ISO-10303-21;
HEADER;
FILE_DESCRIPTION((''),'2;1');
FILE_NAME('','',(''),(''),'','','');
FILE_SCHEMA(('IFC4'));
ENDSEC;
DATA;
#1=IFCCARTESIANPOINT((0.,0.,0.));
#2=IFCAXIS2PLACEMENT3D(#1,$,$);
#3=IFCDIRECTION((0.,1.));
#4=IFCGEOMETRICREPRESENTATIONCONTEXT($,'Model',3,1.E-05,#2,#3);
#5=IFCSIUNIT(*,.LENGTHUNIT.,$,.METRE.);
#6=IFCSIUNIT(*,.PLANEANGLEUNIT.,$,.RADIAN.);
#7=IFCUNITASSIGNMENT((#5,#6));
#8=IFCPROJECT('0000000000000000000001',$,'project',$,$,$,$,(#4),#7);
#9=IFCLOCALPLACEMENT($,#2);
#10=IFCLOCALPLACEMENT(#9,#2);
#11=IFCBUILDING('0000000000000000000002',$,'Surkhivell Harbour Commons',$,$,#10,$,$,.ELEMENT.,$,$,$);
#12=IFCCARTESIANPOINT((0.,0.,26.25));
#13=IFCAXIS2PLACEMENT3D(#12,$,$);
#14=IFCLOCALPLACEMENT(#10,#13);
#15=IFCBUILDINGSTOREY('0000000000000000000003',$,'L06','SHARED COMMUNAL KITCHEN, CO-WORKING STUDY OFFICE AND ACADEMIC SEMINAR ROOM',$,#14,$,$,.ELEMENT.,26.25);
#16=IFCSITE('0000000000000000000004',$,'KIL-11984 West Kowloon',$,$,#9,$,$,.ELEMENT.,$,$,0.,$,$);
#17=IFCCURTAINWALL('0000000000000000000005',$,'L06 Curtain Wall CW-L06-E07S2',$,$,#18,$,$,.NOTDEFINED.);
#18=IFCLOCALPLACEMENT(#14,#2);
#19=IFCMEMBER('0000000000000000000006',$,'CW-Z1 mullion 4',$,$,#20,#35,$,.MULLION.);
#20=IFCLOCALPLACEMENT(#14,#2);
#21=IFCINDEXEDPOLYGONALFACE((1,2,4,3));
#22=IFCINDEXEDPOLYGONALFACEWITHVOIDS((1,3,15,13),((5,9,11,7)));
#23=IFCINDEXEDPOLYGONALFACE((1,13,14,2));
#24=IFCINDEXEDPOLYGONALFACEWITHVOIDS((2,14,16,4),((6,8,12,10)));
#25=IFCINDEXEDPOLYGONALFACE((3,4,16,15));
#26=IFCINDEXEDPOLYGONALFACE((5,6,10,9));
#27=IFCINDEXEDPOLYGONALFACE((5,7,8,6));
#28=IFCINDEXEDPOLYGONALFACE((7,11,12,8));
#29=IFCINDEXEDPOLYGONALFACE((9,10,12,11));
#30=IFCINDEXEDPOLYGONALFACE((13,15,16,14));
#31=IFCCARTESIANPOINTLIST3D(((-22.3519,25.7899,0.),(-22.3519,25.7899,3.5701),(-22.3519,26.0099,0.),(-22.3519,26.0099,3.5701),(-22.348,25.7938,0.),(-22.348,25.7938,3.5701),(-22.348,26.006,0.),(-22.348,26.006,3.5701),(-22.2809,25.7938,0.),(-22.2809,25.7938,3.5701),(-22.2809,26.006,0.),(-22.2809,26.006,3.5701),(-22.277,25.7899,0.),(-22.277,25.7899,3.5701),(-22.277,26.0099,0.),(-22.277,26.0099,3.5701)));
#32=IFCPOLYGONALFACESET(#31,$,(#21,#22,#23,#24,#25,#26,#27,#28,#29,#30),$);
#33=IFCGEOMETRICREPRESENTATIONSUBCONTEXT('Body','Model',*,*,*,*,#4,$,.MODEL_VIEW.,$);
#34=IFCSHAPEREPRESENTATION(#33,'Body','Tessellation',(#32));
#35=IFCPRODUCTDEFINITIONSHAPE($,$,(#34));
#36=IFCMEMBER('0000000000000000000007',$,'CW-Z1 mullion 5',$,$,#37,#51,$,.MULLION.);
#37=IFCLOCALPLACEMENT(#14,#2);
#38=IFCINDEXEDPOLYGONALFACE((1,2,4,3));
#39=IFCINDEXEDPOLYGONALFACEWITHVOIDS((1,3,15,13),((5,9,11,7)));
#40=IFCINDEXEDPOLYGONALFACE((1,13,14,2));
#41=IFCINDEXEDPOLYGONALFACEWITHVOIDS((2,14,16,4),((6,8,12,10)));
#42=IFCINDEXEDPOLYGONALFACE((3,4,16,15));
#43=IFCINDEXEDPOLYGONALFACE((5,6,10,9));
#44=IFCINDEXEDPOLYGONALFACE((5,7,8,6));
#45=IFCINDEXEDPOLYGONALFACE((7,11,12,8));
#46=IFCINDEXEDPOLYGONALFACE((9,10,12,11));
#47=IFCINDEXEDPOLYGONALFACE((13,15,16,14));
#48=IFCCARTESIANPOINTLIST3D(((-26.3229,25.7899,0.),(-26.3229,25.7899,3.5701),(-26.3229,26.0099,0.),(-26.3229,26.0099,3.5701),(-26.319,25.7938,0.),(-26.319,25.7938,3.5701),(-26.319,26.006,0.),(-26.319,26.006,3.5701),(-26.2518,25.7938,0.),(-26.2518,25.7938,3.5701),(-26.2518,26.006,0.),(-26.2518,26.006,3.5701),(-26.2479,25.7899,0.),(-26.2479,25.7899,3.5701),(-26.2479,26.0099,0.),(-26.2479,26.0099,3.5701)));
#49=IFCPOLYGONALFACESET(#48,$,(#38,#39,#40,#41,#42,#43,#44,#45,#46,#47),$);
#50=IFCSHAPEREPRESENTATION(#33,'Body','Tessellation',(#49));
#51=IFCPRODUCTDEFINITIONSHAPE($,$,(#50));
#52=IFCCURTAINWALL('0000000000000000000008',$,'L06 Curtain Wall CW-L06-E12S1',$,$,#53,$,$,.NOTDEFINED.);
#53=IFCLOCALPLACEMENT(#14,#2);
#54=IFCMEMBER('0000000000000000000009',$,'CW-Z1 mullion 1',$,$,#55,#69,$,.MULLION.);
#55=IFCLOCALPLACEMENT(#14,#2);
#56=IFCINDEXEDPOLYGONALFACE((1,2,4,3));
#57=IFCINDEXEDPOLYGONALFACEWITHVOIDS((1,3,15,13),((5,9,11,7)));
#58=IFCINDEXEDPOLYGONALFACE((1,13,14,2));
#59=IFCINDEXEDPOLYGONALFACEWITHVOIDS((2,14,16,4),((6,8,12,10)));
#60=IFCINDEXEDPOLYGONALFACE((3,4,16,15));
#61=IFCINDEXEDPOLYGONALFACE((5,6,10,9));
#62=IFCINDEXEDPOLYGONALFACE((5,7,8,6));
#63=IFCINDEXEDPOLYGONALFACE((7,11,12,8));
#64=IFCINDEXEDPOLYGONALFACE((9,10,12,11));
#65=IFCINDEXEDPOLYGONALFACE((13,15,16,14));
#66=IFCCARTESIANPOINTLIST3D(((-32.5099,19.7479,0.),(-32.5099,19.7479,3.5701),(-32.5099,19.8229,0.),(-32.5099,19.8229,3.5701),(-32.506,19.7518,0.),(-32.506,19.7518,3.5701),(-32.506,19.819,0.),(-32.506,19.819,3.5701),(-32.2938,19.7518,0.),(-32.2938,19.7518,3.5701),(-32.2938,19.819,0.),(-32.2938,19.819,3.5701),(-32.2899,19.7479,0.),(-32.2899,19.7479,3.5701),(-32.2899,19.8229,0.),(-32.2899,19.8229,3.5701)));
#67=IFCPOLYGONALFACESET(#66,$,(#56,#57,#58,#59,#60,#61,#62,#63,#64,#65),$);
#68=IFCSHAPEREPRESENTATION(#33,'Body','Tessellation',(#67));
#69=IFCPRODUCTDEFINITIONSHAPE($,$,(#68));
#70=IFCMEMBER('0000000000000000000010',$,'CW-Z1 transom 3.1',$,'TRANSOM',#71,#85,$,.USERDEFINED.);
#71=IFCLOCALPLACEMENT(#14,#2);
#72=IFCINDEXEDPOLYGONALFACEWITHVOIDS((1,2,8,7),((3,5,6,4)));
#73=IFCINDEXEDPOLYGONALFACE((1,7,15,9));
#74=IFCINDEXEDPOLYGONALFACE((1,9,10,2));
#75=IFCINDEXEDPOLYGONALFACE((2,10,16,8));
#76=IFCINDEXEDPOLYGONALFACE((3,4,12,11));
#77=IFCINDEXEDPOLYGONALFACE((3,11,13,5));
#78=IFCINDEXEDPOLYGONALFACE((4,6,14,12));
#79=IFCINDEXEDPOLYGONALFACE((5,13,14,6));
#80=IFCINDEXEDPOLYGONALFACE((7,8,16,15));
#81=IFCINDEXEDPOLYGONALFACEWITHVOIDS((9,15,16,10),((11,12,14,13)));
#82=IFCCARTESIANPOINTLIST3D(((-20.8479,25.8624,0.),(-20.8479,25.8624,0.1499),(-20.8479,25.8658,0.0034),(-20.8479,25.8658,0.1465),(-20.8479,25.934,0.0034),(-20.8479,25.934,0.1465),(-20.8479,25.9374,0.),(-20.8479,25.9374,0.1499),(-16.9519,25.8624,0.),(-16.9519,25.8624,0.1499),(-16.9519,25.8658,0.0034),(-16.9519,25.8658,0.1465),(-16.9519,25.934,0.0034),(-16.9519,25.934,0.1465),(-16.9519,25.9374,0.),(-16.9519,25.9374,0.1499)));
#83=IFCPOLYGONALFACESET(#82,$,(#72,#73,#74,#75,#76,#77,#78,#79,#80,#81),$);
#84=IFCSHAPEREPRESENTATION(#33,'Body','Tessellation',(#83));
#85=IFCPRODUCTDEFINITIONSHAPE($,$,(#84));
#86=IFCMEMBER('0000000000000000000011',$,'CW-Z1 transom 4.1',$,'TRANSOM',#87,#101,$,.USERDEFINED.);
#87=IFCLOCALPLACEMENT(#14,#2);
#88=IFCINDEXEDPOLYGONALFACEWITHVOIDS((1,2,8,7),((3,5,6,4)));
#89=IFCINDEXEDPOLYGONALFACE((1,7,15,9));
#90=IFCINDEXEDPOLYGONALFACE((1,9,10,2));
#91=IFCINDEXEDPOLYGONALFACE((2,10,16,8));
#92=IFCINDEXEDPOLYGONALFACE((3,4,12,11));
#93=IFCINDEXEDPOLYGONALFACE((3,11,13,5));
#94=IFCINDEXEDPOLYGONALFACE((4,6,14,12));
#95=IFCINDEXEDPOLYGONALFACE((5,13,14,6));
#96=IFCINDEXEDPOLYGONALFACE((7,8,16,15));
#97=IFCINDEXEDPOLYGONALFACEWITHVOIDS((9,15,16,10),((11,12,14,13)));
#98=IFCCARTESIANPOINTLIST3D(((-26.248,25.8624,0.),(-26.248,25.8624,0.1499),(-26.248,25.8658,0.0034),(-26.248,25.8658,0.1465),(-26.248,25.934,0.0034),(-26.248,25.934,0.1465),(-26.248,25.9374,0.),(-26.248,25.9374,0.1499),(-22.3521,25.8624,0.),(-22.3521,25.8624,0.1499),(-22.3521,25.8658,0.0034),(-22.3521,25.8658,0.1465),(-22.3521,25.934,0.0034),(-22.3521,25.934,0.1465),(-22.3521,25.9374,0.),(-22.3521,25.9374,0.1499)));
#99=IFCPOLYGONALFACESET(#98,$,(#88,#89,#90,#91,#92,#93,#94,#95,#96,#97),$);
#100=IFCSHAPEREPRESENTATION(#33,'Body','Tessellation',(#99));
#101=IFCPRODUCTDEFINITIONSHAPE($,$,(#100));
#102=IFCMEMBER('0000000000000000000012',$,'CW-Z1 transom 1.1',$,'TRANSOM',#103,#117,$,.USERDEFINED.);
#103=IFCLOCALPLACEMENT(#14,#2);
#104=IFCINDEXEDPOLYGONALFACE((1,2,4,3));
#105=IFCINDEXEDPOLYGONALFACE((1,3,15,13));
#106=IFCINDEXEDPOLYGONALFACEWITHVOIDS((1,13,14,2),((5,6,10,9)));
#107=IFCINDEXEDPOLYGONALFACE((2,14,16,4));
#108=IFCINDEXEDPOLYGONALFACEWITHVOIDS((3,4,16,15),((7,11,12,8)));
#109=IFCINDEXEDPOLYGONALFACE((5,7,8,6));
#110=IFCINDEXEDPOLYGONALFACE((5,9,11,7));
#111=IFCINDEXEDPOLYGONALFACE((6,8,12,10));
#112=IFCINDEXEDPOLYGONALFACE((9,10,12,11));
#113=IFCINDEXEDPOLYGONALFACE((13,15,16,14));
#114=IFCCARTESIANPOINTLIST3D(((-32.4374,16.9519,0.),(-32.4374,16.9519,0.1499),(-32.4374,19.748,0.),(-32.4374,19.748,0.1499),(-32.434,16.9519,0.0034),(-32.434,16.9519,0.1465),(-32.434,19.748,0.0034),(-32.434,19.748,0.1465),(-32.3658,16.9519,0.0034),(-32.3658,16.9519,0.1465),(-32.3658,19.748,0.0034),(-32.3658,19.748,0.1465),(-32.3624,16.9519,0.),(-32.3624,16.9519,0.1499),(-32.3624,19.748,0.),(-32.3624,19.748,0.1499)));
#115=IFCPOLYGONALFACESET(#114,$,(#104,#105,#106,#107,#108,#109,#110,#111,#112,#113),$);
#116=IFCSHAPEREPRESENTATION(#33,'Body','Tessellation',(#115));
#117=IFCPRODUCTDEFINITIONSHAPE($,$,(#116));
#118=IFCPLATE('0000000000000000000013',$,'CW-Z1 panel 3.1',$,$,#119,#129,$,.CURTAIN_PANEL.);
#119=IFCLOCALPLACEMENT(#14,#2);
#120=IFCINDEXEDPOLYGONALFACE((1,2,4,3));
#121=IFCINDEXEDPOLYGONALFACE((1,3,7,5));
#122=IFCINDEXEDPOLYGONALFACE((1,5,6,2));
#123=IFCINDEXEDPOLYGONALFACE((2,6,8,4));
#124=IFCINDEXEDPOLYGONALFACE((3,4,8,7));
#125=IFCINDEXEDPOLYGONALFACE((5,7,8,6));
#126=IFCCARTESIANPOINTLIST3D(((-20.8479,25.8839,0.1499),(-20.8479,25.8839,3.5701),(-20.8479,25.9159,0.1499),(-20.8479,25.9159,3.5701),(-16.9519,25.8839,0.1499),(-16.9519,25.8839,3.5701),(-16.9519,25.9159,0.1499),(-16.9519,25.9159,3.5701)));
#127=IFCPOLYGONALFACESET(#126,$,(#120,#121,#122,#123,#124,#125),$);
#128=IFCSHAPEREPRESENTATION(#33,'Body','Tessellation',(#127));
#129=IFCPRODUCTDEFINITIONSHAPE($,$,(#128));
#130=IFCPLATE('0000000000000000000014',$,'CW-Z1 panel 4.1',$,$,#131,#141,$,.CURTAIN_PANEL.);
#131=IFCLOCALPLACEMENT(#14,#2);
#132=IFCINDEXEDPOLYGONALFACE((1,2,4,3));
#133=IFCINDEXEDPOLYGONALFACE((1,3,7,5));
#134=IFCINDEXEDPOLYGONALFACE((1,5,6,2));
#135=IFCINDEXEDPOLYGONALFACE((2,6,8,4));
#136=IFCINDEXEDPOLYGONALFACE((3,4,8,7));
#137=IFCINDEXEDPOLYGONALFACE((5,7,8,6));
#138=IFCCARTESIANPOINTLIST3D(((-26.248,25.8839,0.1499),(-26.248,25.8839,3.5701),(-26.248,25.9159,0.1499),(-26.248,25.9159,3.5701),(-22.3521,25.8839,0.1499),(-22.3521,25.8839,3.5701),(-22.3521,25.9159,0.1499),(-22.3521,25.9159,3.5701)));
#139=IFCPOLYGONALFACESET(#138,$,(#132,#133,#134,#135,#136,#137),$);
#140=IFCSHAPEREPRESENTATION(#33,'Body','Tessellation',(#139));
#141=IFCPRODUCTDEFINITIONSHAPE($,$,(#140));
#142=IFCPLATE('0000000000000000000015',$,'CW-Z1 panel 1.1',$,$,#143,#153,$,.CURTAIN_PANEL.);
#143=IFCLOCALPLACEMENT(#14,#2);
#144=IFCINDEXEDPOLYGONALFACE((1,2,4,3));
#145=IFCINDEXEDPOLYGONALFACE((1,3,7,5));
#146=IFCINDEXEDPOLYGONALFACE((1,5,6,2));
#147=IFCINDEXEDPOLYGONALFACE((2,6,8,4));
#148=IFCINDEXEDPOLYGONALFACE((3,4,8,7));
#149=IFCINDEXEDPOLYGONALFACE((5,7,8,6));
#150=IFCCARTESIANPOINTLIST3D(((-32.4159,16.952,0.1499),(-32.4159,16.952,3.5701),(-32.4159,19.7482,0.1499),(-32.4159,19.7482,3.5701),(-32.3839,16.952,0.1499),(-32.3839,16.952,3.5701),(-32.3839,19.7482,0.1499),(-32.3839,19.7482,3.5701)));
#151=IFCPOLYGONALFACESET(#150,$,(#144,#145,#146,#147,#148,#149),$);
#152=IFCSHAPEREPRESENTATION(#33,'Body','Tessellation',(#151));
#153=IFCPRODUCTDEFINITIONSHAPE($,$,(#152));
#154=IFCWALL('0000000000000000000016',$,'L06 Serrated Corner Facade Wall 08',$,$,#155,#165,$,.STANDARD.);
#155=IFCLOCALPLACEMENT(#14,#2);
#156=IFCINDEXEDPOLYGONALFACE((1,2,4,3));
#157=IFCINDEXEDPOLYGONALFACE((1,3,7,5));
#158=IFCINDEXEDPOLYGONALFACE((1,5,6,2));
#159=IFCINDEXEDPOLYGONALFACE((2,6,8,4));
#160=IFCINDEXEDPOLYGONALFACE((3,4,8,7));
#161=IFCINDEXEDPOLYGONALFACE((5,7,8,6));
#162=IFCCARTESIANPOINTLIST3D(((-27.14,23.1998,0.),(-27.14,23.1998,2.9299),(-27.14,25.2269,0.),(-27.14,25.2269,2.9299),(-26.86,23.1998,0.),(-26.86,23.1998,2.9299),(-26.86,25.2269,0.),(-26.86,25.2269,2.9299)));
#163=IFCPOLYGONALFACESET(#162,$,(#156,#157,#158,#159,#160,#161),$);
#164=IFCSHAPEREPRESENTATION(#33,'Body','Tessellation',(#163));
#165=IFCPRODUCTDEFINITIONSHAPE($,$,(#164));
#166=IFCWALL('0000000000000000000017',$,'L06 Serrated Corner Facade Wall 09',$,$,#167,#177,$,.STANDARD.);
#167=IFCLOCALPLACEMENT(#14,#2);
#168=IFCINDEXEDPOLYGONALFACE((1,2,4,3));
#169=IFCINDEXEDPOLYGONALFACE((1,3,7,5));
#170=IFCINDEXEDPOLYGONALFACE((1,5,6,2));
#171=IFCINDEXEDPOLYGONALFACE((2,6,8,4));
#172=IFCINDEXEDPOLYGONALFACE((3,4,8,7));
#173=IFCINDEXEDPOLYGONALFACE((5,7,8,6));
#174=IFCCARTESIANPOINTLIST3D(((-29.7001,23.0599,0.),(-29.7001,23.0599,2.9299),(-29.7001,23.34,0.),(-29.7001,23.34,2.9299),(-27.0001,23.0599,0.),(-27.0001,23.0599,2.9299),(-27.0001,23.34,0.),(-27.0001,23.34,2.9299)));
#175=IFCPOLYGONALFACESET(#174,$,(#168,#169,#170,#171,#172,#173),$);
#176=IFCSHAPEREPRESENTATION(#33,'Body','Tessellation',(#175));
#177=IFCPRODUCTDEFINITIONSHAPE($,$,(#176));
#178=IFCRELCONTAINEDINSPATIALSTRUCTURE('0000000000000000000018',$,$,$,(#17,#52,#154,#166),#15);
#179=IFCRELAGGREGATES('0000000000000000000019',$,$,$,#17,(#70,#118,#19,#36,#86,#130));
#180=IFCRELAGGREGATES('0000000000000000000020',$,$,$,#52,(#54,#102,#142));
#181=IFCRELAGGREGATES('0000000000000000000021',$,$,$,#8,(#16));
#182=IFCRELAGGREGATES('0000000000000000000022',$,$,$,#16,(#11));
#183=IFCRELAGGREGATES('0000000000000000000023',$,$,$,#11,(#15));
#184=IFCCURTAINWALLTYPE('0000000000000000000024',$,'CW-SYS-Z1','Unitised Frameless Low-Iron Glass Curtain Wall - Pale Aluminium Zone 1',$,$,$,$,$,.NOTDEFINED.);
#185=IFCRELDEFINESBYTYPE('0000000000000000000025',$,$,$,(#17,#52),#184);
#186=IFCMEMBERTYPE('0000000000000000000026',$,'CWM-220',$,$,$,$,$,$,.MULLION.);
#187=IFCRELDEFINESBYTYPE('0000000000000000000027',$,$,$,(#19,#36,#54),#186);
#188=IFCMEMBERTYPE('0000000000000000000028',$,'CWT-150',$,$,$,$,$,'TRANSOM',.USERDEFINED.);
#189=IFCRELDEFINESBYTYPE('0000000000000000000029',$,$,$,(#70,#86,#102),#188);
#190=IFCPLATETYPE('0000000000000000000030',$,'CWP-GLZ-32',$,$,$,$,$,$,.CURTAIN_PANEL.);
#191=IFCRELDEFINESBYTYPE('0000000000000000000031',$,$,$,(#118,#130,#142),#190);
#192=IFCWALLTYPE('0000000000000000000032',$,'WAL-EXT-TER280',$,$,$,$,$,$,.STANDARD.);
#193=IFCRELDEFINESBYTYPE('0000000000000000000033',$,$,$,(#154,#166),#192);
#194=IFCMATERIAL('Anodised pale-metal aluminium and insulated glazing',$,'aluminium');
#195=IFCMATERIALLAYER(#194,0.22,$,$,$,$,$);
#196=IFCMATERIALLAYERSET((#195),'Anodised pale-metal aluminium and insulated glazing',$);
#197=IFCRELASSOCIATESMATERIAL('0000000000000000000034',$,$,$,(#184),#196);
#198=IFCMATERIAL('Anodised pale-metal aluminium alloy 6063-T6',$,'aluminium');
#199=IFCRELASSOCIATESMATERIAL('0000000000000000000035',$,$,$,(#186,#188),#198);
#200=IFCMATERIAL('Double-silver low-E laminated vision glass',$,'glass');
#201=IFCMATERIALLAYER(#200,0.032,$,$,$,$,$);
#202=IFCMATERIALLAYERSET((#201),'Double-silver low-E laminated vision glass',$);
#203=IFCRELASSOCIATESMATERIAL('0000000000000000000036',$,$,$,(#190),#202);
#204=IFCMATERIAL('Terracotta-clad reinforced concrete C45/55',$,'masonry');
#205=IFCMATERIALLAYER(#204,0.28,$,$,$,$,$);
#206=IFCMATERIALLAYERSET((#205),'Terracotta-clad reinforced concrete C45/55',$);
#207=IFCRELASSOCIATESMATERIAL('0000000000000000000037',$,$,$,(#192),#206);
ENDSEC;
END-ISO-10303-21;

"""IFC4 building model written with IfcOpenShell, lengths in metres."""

from ifc_helpers import new_model, si_unit, direction, frame, frame_2d, origin, origin_2d, place, context, subcontext, project, spatial, rectangle, hollow_rectangle, extrude, material, layer, layer_set, material_profile, profile_set, type_object, element, aggregate, save


model = new_model("IFC4")

# Units and contexts
model_context = context("Model", 3, precision=1e-05, world=origin(), true_north=direction((0.0, 1.0)))
body_context = subcontext(model_context, "Body", "Model", "MODEL_VIEW")
ifc_project = project(units=[si_unit("LENGTHUNIT", "METRE"), si_unit("PLANEANGLEUNIT", "RADIAN")], contexts=[model_context])

# Site, building, storey
site_placement = place(None, origin())
site = spatial("IfcSite", under=ifc_project, at=site_placement, Name="KIL-11984 West Kowloon", CompositionType="ELEMENT", RefElevation=0.0)
building_placement = place(site_placement, origin())
building = spatial("IfcBuilding", under=site, at=building_placement, Name="Surkhivell Harbour Commons", CompositionType="ELEMENT")
storey_placement = place(building_placement, frame((0.0, 0.0, 26.25)))
storey = spatial("IfcBuildingStorey", under=building, at=storey_placement, Name="L06", Description="SHARED COMMUNAL KITCHEN, CO-WORKING STUDY OFFICE AND ACADEMIC SEMINAR ROOM", CompositionType="ELEMENT", Elevation=26.25)

# Curtain wall, members
ifc_material_1 = material(Name="Anodised pale-metal aluminium and insulated glazing", Category="aluminium")
ifc_layer_1 = layer(ifc_material_1, 0.22)
ifc_layer_set_1 = layer_set([ifc_layer_1], Name="Anodised pale-metal aluminium and insulated glazing")
curtain_wall_type = type_object("IfcCurtainWallType", Name="CW-SYS-Z1", Description="Unitised Frameless Low-Iron Glass Curtain Wall - Pale Aluminium Zone 1", PredefinedType="NOTDEFINED", material=ifc_layer_set_1)
curtain_wall_1_placement = place(storey_placement, origin())
curtain_wall_1 = element("IfcCurtainWall", 1, at=curtain_wall_1_placement, inside=storey, type_object=curtain_wall_type, Name="L06 Curtain Wall CW-L06-E07S2", PredefinedType="NOTDEFINED")
ifc_material_2 = material(Name="Anodised pale-metal aluminium alloy 6063-T6", Category="aluminium")
ifc_material_profile_1 = material_profile(ifc_material_2, hollow_rectangle(XDim=0.075, YDim=0.22, WallThickness=0.0039, at=origin_2d()), Name="ALU-MULL-75x220")
ifc_profile_set_1 = profile_set([ifc_material_profile_1], Name="Anodised pale-metal aluminium alloy 6063-T6")
member_type_1 = type_object("IfcMemberType", Name="CWM-220", PredefinedType="MULLION", material=ifc_profile_set_1)
member_1_placement = place(storey_placement, frame((-22.3145, 25.8999, 0.0), z_axis=(0.0, 0.0, 1.0), x_axis=(-1.0, 0.0, 0.0)))
member_1 = element("IfcMember", 2, at=member_1_placement, type_object=member_type_1, Name="CW-Z1 mullion 4", PredefinedType="MULLION", context=body_context, shape_type="SweptSolid", body=[
    extrude(hollow_rectangle(XDim=0.075, YDim=0.22, WallThickness=0.0039, at=origin_2d()), origin(), (0.0, 0.0, 1.0), 3.5701),
])
member_2_placement = place(storey_placement, frame((-26.2854, 25.8999, 0.0), z_axis=(0.0, 0.0, 1.0), x_axis=(-1.0, 0.0, 0.0)))
member_2 = element("IfcMember", 3, at=member_2_placement, type_object=member_type_1, Name="CW-Z1 mullion 5", PredefinedType="MULLION", context=body_context, shape_type="SweptSolid", body=[
    extrude(hollow_rectangle(XDim=0.075, YDim=0.22, WallThickness=0.0039, at=origin_2d()), origin(), (0.0, 0.0, 1.0), 3.5701),
])

# Curtain wall, member
curtain_wall_2_placement = place(storey_placement, origin())
curtain_wall_2 = element("IfcCurtainWall", 4, at=curtain_wall_2_placement, inside=storey, type_object=curtain_wall_type, Name="L06 Curtain Wall CW-L06-E12S1", PredefinedType="NOTDEFINED")
member_3_placement = place(storey_placement, frame((-32.3999, 19.7854, 0.0), z_axis=(0.0, 0.0, 1.0), x_axis=(0.0, -1.0, 0.0)))
member_3 = element("IfcMember", 5, at=member_3_placement, type_object=member_type_1, Name="CW-Z1 mullion 1", PredefinedType="MULLION", context=body_context, shape_type="SweptSolid", body=[
    extrude(hollow_rectangle(XDim=0.075, YDim=0.22, WallThickness=0.0039, at=origin_2d()), origin(), (0.0, 0.0, 1.0), 3.5701),
])

# Members
ifc_material_profile_2 = material_profile(ifc_material_2, hollow_rectangle(XDim=0.075, YDim=0.1499, WallThickness=0.0034, at=origin_2d()), Name="ALU-TRAN-75x150")
ifc_profile_set_2 = profile_set([ifc_material_profile_2], Name="Anodised pale-metal aluminium alloy 6063-T6")
member_type_2 = type_object("IfcMemberType", Name="CWT-150", ElementType="TRANSOM", PredefinedType="USERDEFINED", material=ifc_profile_set_2)
member_4_placement = place(storey_placement, frame((-16.9519, 25.8999, 0.075), z_axis=(-1.0, 0.0, 0.0), x_axis=(0.0, -1.0, 0.0)))
member_4 = element("IfcMember", 6, at=member_4_placement, type_object=member_type_2, Name="CW-Z1 transom 3.1", ObjectType="TRANSOM", PredefinedType="USERDEFINED", context=body_context, shape_type="SweptSolid", body=[
    extrude(hollow_rectangle(XDim=0.075, YDim=0.1499, WallThickness=0.0034, at=origin_2d()), origin(), (0.0, 0.0, 1.0), 3.896),
])
member_5_placement = place(storey_placement, frame((-22.3521, 25.8999, 0.075), z_axis=(-1.0, 0.0, 0.0), x_axis=(0.0, -1.0, 0.0)))
member_5 = element("IfcMember", 7, at=member_5_placement, type_object=member_type_2, Name="CW-Z1 transom 4.1", ObjectType="TRANSOM", PredefinedType="USERDEFINED", context=body_context, shape_type="SweptSolid", body=[
    extrude(hollow_rectangle(XDim=0.075, YDim=0.1499, WallThickness=0.0034, at=origin_2d()), origin(), (0.0, 0.0, 1.0), 3.896),
])
member_6_placement = place(storey_placement, frame((-32.3999, 19.748, 0.075), z_axis=(0.0, -1.0, 0.0), x_axis=(1.0, 0.0, 0.0)))
member_6 = element("IfcMember", 8, at=member_6_placement, type_object=member_type_2, Name="CW-Z1 transom 1.1", ObjectType="TRANSOM", PredefinedType="USERDEFINED", context=body_context, shape_type="SweptSolid", body=[
    extrude(hollow_rectangle(XDim=0.075, YDim=0.1499, WallThickness=0.0034, at=origin_2d()), origin(), (0.0, 0.0, 1.0), 2.7961),
])

# Plates
ifc_material_3 = material(Name="Double-silver low-E laminated vision glass", Category="glass")
ifc_layer_2 = layer(ifc_material_3, 0.032)
ifc_layer_set_2 = layer_set([ifc_layer_2], Name="Double-silver low-E laminated vision glass")
plate_type = type_object("IfcPlateType", Name="CWP-GLZ-32", PredefinedType="CURTAIN_PANEL", material=ifc_layer_set_2)
plate_1_placement = place(storey_placement, frame((-16.9519, 25.8999, 0.1499), z_axis=(0.0, 0.0, 1.0), x_axis=(-1.0, 0.0, 0.0)))
plate_1 = element("IfcPlate", 9, at=plate_1_placement, type_object=plate_type, Name="CW-Z1 panel 3.1", PredefinedType="CURTAIN_PANEL", context=body_context, shape_type="SweptSolid", body=[
    extrude(rectangle(XDim=3.896, YDim=0.032, at=frame_2d((1.948, 0.0))), origin(), (0.0, 0.0, 1.0), 3.4202),
])
plate_2_placement = place(storey_placement, frame((-22.3521, 25.8999, 0.1499), z_axis=(0.0, 0.0, 1.0), x_axis=(-1.0, 0.0, 0.0)))
plate_2 = element("IfcPlate", 10, at=plate_2_placement, type_object=plate_type, Name="CW-Z1 panel 4.1", PredefinedType="CURTAIN_PANEL", context=body_context, shape_type="SweptSolid", body=[
    extrude(rectangle(XDim=3.896, YDim=0.032, at=frame_2d((1.948, 0.0))), origin(), (0.0, 0.0, 1.0), 3.4202),
])
aggregate(curtain_wall_1, [member_4, plate_1, member_1, member_2, member_5, plate_2])
plate_3_placement = place(storey_placement, frame((-32.3999, 19.748, 0.1499), z_axis=(0.0, 0.0, 1.0), x_axis=(0.0, -1.0, 0.0)))
plate_3 = element("IfcPlate", 11, at=plate_3_placement, type_object=plate_type, Name="CW-Z1 panel 1.1", PredefinedType="CURTAIN_PANEL", context=body_context, shape_type="SweptSolid", body=[
    extrude(rectangle(XDim=2.7961, YDim=0.032, at=frame_2d((1.3979, 0.0))), origin(), (0.0, 0.0, 1.0), 3.4202),
])
aggregate(curtain_wall_2, [member_3, member_6, plate_3])

# Walls
ifc_material_4 = material(Name="Terracotta-clad reinforced concrete C45/55", Category="masonry")
ifc_layer_3 = layer(ifc_material_4, 0.28)
ifc_layer_set_3 = layer_set([ifc_layer_3], Name="Terracotta-clad reinforced concrete C45/55")
wall_type = type_object("IfcWallType", Name="WAL-EXT-TER280", PredefinedType="STANDARD", material=ifc_layer_set_3)
wall_1_placement = place(storey_placement, frame((-27.0, 25.2271, 0.0), z_axis=(0.0, 0.0, 1.0), x_axis=(0.0, -1.0, 0.0)))
element("IfcWall", 12, at=wall_1_placement, inside=storey, type_object=wall_type, Name="L06 Serrated Corner Facade Wall 08", PredefinedType="STANDARD", context=body_context, shape_type="SweptSolid", body=[
    extrude(rectangle(XDim=2.0271, YDim=0.28, at=frame_2d((1.0137, 0.0))), origin(), (0.0, 0.0, 1.0), 2.9299),
])
wall_2_placement = place(storey_placement, frame((-27.0, 23.2, 0.0), z_axis=(0.0, 0.0, 1.0), x_axis=(-1.0, 0.0, 0.0)))
element("IfcWall", 13, at=wall_2_placement, inside=storey, type_object=wall_type, Name="L06 Serrated Corner Facade Wall 09", PredefinedType="STANDARD", context=body_context, shape_type="SweptSolid", body=[
    extrude(rectangle(XDim=2.7, YDim=0.28, at=frame_2d((1.3501, 0.0))), origin(), (0.0, 0.0, 1.0), 2.9299),
])

save(model, "model.ifc")
